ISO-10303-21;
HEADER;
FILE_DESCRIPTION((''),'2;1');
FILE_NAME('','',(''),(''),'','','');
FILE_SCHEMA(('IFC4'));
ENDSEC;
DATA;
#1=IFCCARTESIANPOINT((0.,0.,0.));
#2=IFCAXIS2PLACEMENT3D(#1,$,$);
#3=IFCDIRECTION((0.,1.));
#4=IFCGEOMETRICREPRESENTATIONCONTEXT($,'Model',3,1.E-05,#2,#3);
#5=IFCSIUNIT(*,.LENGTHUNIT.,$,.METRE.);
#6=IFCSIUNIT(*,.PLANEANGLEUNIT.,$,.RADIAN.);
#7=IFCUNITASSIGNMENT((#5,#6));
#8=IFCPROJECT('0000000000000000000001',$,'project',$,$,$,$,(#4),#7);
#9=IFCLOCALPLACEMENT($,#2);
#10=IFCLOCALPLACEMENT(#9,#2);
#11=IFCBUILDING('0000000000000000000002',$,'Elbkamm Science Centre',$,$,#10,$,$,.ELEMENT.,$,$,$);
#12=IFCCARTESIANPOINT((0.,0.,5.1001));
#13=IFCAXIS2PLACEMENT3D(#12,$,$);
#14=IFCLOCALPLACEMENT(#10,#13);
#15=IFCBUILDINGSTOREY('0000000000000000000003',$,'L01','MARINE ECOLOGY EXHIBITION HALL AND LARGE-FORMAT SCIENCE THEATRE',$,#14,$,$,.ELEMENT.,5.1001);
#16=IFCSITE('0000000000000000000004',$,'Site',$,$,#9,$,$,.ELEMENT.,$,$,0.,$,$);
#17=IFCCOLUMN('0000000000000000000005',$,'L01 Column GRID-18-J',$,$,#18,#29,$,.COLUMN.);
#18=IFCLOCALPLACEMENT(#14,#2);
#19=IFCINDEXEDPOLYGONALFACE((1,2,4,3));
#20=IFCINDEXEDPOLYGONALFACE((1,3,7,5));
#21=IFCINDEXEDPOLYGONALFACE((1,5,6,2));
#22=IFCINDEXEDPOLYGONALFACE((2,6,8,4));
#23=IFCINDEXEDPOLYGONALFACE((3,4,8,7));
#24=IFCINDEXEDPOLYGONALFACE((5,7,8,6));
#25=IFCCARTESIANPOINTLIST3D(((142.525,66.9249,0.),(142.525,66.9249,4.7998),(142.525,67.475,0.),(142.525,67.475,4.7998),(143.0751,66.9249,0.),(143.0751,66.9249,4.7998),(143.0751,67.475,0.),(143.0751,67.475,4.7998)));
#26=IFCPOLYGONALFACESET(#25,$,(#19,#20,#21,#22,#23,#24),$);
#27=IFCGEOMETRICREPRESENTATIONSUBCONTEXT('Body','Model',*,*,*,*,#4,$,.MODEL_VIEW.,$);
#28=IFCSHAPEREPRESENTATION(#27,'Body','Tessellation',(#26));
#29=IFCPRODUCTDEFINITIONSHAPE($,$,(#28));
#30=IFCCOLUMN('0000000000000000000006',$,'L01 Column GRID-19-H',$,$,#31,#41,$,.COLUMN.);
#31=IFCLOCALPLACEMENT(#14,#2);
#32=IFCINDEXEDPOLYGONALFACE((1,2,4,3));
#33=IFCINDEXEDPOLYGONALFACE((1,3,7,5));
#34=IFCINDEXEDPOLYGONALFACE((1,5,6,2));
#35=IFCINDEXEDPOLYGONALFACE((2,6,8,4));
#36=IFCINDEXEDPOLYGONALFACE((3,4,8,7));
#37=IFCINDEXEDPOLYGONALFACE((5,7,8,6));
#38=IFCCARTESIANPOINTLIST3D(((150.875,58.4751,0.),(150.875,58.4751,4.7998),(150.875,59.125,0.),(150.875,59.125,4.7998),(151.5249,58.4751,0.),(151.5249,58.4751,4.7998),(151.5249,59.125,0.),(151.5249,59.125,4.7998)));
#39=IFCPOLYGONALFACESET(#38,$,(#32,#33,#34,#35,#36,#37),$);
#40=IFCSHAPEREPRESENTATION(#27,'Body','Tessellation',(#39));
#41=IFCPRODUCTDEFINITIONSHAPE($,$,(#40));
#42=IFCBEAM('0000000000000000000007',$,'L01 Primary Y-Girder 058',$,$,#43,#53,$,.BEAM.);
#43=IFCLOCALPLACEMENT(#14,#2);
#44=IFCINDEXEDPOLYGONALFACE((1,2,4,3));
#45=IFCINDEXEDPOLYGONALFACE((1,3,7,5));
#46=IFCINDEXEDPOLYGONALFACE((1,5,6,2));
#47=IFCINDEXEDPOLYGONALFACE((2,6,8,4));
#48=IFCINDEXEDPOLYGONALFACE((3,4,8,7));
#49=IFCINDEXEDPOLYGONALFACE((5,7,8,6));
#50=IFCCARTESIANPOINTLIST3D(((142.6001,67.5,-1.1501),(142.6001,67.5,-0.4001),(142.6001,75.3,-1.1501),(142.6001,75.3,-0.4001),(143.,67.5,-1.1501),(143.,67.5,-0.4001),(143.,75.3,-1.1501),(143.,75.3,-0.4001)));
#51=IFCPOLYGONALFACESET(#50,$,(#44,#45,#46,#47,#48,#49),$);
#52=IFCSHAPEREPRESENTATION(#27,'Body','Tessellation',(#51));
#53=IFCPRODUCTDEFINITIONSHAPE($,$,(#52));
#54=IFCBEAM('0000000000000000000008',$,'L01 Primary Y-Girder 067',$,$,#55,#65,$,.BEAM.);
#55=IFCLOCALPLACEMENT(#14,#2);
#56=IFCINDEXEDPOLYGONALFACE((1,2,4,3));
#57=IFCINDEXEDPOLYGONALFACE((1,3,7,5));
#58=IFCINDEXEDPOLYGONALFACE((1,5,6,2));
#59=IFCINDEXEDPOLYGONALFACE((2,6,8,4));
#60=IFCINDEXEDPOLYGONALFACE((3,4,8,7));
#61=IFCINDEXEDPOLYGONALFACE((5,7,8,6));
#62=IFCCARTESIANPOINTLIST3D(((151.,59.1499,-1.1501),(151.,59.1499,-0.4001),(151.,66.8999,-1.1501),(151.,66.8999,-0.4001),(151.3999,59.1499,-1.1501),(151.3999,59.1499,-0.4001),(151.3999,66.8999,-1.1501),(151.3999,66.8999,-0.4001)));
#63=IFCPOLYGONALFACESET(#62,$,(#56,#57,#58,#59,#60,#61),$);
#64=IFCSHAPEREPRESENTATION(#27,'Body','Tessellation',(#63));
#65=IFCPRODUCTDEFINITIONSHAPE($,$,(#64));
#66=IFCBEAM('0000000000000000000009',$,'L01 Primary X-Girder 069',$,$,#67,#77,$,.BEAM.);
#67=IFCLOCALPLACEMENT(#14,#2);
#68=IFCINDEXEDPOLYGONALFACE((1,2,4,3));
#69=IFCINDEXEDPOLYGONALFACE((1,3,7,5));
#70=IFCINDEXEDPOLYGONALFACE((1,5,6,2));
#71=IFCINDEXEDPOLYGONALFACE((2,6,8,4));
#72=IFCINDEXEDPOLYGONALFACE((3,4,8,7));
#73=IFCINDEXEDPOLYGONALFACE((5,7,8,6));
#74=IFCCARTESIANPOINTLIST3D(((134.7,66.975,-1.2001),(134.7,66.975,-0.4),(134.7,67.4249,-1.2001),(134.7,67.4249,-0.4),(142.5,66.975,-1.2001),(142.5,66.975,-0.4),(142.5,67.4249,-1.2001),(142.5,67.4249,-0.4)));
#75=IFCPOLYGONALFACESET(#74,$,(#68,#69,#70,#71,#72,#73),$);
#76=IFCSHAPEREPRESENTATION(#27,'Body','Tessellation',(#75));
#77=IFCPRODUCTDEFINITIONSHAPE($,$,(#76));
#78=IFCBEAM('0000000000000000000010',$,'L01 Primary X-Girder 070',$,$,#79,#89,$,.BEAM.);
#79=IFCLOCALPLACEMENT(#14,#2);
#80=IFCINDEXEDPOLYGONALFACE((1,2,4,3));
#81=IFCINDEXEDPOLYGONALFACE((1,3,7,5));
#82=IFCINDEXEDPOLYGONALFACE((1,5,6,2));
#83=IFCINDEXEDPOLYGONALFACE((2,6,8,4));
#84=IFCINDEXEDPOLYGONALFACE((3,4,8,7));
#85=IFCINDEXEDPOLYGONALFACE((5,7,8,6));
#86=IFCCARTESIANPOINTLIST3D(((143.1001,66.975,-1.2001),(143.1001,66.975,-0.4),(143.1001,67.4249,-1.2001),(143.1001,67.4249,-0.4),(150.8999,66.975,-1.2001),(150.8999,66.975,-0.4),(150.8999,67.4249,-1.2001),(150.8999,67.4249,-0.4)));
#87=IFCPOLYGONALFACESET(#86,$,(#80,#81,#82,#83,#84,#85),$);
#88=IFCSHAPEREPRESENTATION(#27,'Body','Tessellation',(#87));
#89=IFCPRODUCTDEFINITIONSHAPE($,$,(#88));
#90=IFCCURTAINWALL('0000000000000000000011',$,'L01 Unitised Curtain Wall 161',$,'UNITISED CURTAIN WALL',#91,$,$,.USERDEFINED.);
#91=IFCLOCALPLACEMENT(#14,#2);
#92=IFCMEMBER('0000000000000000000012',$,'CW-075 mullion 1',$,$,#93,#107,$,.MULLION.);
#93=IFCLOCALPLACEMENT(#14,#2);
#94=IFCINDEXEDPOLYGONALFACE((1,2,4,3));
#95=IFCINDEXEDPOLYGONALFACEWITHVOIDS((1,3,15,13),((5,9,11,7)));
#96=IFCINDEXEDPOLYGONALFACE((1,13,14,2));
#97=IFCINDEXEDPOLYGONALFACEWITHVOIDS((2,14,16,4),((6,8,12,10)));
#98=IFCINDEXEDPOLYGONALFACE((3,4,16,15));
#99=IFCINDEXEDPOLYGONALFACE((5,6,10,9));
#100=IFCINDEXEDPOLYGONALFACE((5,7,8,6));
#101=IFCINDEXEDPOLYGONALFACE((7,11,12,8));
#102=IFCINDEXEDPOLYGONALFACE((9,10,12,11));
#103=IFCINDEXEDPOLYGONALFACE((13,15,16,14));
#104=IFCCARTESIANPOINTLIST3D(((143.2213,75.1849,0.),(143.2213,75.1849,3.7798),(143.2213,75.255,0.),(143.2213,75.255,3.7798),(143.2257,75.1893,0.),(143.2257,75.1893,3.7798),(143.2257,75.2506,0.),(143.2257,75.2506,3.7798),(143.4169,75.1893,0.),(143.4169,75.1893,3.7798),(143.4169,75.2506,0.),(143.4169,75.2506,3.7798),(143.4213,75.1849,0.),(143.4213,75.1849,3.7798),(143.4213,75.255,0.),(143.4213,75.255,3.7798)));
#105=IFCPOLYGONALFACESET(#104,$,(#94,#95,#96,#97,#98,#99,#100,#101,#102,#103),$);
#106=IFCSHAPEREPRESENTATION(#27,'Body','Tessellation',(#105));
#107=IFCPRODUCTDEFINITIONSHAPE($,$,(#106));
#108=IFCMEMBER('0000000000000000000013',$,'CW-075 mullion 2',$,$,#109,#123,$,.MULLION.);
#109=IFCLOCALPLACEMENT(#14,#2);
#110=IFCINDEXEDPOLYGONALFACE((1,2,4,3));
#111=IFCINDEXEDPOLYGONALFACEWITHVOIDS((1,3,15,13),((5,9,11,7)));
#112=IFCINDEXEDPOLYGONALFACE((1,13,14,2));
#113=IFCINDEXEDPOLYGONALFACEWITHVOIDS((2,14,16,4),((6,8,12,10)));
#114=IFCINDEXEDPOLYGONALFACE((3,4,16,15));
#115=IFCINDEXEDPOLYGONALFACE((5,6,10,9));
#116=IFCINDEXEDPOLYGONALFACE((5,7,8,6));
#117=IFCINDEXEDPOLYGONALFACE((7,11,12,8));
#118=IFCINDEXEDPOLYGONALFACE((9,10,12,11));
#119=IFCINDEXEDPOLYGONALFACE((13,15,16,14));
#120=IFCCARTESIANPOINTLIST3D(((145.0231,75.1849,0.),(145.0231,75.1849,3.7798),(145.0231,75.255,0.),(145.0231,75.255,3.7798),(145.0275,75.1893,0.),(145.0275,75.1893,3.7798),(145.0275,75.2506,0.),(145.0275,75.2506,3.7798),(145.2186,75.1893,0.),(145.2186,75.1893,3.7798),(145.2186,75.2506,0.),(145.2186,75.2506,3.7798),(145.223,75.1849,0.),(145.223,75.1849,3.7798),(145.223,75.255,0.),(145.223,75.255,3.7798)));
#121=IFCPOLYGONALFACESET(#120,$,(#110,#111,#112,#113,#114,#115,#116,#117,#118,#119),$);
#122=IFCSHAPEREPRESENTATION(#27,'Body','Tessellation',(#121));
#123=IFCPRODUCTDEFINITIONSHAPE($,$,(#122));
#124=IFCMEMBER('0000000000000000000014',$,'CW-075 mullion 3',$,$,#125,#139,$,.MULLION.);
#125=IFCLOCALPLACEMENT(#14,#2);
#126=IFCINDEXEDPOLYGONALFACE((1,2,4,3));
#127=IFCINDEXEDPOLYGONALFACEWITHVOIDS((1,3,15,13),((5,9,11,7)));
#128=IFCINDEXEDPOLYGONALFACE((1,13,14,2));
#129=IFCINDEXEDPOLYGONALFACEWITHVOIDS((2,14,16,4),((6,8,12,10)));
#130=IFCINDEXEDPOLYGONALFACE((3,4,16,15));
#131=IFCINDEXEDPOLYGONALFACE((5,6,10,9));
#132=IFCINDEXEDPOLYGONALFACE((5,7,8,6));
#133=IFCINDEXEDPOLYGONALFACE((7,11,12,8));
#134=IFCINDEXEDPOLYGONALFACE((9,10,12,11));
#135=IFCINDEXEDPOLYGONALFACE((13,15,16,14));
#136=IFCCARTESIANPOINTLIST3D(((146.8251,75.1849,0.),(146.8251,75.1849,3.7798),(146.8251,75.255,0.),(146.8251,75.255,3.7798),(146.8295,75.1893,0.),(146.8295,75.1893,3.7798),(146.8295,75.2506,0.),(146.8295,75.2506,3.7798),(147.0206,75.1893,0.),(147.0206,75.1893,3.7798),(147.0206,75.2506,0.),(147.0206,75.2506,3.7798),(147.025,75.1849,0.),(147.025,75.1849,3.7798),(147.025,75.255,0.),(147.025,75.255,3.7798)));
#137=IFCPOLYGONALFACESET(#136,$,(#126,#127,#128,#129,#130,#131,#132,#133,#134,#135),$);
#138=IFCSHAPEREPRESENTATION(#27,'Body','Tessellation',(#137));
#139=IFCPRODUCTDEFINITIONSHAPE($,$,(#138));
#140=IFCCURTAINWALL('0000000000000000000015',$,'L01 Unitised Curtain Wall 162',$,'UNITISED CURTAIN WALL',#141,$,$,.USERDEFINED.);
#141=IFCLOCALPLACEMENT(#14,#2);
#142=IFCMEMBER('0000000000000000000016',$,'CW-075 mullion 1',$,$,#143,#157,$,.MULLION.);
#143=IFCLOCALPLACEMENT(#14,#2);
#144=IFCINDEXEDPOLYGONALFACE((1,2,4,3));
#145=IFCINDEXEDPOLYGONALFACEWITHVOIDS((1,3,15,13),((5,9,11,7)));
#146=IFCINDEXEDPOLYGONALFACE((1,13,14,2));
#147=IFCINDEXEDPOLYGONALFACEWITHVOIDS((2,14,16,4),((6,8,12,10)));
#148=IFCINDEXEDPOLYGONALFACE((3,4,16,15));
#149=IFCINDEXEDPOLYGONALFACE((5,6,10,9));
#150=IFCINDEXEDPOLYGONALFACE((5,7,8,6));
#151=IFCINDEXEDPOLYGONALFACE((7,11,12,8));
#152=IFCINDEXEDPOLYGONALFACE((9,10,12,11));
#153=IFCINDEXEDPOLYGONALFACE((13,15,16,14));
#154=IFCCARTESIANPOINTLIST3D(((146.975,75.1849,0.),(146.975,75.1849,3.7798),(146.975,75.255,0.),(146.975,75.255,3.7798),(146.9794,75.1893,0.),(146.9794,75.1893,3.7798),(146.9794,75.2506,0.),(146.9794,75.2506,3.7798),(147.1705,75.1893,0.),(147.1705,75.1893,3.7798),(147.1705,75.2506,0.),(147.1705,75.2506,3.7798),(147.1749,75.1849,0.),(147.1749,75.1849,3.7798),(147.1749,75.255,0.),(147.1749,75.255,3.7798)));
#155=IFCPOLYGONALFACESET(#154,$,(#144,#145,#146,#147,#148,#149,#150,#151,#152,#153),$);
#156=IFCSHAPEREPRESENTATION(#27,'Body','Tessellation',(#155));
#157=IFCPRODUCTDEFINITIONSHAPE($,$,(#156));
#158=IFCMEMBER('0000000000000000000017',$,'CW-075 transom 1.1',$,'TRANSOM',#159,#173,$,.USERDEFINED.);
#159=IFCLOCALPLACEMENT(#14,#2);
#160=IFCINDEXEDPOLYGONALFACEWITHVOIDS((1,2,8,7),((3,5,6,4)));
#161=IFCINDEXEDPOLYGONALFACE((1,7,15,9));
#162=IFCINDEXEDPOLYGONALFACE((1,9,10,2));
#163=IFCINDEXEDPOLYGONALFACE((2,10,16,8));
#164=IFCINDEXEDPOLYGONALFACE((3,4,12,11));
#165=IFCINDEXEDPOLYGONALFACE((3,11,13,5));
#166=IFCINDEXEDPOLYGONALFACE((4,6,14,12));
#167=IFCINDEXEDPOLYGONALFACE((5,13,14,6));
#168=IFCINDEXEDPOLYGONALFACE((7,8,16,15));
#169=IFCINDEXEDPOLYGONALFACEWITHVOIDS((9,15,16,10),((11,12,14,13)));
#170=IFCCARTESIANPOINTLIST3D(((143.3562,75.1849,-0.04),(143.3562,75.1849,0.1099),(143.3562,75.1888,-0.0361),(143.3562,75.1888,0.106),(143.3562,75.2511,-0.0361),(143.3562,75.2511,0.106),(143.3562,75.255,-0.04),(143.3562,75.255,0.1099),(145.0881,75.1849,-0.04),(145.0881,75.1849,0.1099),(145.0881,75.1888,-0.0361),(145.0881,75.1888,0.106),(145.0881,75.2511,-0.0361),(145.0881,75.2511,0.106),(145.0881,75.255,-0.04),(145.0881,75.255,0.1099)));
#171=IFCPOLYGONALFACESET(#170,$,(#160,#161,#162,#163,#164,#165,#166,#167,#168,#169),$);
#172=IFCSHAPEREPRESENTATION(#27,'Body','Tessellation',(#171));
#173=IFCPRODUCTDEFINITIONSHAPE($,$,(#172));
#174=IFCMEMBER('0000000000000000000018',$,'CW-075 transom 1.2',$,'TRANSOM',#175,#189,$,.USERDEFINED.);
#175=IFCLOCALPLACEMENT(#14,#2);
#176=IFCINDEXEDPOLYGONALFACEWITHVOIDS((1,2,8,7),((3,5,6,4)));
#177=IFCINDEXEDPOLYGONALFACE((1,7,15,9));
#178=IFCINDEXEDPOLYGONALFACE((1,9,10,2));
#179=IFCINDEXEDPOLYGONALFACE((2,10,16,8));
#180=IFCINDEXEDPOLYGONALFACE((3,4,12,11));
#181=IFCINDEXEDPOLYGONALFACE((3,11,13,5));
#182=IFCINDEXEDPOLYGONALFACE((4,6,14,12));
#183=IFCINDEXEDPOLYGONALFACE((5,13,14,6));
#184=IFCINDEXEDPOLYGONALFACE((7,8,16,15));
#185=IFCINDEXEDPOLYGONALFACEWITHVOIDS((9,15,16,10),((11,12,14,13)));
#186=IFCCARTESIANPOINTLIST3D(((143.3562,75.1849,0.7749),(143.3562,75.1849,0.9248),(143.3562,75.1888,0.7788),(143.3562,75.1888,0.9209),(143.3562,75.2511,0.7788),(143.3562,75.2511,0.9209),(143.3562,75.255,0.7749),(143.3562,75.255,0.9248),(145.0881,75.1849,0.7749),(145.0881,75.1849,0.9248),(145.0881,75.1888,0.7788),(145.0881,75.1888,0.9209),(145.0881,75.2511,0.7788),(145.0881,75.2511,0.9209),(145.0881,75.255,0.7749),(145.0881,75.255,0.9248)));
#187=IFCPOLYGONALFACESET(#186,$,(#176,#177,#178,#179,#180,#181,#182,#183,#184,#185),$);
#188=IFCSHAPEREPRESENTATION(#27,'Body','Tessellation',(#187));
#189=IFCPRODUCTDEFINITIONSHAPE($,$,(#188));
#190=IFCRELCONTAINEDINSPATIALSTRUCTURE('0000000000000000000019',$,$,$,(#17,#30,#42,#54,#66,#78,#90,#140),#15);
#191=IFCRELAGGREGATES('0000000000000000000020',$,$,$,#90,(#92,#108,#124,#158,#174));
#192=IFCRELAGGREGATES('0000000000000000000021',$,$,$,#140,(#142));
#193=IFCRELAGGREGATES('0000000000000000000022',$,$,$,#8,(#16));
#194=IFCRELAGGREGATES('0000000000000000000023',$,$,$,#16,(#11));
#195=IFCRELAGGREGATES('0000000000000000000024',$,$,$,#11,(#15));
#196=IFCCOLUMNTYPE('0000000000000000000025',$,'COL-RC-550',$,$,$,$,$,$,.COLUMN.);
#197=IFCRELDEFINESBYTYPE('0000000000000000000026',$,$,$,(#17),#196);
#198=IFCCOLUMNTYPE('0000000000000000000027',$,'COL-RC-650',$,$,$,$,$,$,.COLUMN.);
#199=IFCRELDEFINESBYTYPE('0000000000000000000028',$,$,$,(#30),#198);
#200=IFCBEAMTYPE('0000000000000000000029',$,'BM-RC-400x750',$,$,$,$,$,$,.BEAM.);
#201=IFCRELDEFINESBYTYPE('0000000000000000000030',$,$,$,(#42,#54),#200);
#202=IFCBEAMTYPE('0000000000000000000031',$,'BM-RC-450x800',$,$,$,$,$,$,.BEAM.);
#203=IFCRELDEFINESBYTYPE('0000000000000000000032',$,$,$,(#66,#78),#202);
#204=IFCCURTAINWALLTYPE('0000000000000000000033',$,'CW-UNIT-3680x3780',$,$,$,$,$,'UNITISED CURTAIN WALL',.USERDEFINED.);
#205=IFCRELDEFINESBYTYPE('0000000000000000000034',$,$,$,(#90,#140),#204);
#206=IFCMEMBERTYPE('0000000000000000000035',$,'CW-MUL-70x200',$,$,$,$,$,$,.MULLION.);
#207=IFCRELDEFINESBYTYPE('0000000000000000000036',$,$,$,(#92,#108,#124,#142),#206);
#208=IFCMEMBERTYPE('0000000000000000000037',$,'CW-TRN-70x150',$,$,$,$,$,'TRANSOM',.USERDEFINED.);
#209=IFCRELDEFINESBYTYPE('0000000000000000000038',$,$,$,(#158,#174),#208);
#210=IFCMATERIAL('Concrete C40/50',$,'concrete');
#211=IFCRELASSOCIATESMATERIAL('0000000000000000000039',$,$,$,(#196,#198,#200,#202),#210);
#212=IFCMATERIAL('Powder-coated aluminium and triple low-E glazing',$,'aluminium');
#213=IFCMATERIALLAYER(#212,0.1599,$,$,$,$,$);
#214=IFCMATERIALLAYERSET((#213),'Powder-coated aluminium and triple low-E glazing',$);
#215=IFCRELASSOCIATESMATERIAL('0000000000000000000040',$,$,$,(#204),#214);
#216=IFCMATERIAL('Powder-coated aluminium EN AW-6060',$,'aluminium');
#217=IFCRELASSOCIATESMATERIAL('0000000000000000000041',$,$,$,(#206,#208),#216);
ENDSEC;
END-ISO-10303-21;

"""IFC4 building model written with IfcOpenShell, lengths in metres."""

from ifc_helpers import new_model, si_unit, direction, frame, origin, origin_2d, place, context, subcontext, project, spatial, rectangle, hollow_rectangle, extrude, material, layer, layer_set, material_profile, profile_set, type_object, element, aggregate, save


model = new_model("IFC4")

# Units and contexts
model_context = context("Model", 3, precision=1e-05, world=origin(), true_north=direction((0.0, 1.0)))
body_context = subcontext(model_context, "Body", "Model", "MODEL_VIEW")
ifc_project = project(units=[si_unit("LENGTHUNIT", "METRE"), si_unit("PLANEANGLEUNIT", "RADIAN")], contexts=[model_context])

# Site, building, storey
site_placement = place(None, origin())
site = spatial("IfcSite", under=ifc_project, at=site_placement, Name="Site", CompositionType="ELEMENT", RefElevation=0.0)
building_placement = place(site_placement, origin())
building = spatial("IfcBuilding", under=site, at=building_placement, Name="Elbkamm Science Centre", CompositionType="ELEMENT")
storey_placement = place(building_placement, frame((0.0, 0.0, 5.1001)))
storey = spatial("IfcBuildingStorey", under=building, at=storey_placement, Name="L01", Description="MARINE ECOLOGY EXHIBITION HALL AND LARGE-FORMAT SCIENCE THEATRE", CompositionType="ELEMENT", Elevation=5.1001)

# Columns
ifc_material_1 = material(Name="Concrete C40/50", Category="concrete")
ifc_material_profile_1 = material_profile(ifc_material_1, rectangle(XDim=0.55, YDim=0.55, at=origin_2d()), Name="RC 550x550")
ifc_profile_set_1 = profile_set([ifc_material_profile_1], Name="Concrete C40/50")
column_type_1 = type_object("IfcColumnType", Name="COL-RC-550", PredefinedType="COLUMN", material=ifc_profile_set_1)
column_1_placement = place(storey_placement, frame((142.8, 67.2, 0.0), z_axis=(0.0, 0.0, 1.0), x_axis=(1.0, 0.0, 0.0)))
element("IfcColumn", 1, at=column_1_placement, inside=storey, type_object=column_type_1, Name="L01 Column GRID-18-J", PredefinedType="COLUMN", context=body_context, shape_type="SweptSolid", body=[
    extrude(rectangle(XDim=0.55, YDim=0.55, at=origin_2d()), origin(), (0.0, 0.0, 1.0), 4.7998),
])
ifc_material_profile_2 = material_profile(ifc_material_1, rectangle(XDim=0.6499, YDim=0.6499, at=origin_2d()), Name="RC 650x650")
ifc_profile_set_2 = profile_set([ifc_material_profile_2], Name="Concrete C40/50")
column_type_2 = type_object("IfcColumnType", Name="COL-RC-650", PredefinedType="COLUMN", material=ifc_profile_set_2)
column_2_placement = place(storey_placement, frame((151.2, 58.8, 0.0), z_axis=(0.0, 0.0, 1.0), x_axis=(1.0, 0.0, 0.0)))
element("IfcColumn", 2, at=column_2_placement, inside=storey, type_object=column_type_2, Name="L01 Column GRID-19-H", PredefinedType="COLUMN", context=body_context, shape_type="SweptSolid", body=[
    extrude(rectangle(XDim=0.6499, YDim=0.6499, at=origin_2d()), origin(), (0.0, 0.0, 1.0), 4.7998),
])

# Beams
ifc_material_profile_3 = material_profile(ifc_material_1, rectangle(XDim=0.3999, YDim=0.75, at=origin_2d()), Name="RC 400x750")
ifc_profile_set_3 = profile_set([ifc_material_profile_3], Name="Concrete C40/50")
beam_type_1 = type_object("IfcBeamType", Name="BM-RC-400x750", PredefinedType="BEAM", material=ifc_profile_set_3)
beam_1_placement = place(storey_placement, frame((142.8, 67.5, -0.7751), z_axis=(0.0, 1.0, 0.0), x_axis=(-1.0, 0.0, 0.0)))
element("IfcBeam", 3, at=beam_1_placement, inside=storey, type_object=beam_type_1, Name="L01 Primary Y-Girder 058", PredefinedType="BEAM", context=body_context, shape_type="SweptSolid", body=[
    extrude(rectangle(XDim=0.3999, YDim=0.75, at=origin_2d()), origin(), (0.0, 0.0, 1.0), 7.8),
])
beam_2_placement = place(storey_placement, frame((151.2, 59.1499, -0.7751), z_axis=(0.0, 1.0, 0.0), x_axis=(-1.0, 0.0, 0.0)))
element("IfcBeam", 4, at=beam_2_placement, inside=storey, type_object=beam_type_1, Name="L01 Primary Y-Girder 067", PredefinedType="BEAM", context=body_context, shape_type="SweptSolid", body=[
    extrude(rectangle(XDim=0.3999, YDim=0.75, at=origin_2d()), origin(), (0.0, 0.0, 1.0), 7.75),
])
ifc_material_profile_4 = material_profile(ifc_material_1, rectangle(XDim=0.45, YDim=0.8, at=origin_2d()), Name="RC 450x800")
ifc_profile_set_4 = profile_set([ifc_material_profile_4], Name="Concrete C40/50")
beam_type_2 = type_object("IfcBeamType", Name="BM-RC-450x800", PredefinedType="BEAM", material=ifc_profile_set_4)
beam_3_placement = place(storey_placement, frame((134.7, 67.2, -0.8), z_axis=(1.0, 0.0, 0.0), x_axis=(0.0, 1.0, 0.0)))
element("IfcBeam", 5, at=beam_3_placement, inside=storey, type_object=beam_type_2, Name="L01 Primary X-Girder 069", PredefinedType="BEAM", context=body_context, shape_type="SweptSolid", body=[
    extrude(rectangle(XDim=0.45, YDim=0.8, at=origin_2d()), origin(), (0.0, 0.0, 1.0), 7.8),
])
beam_4_placement = place(storey_placement, frame((143.1001, 67.2, -0.8), z_axis=(1.0, 0.0, 0.0), x_axis=(0.0, 1.0, 0.0)))
element("IfcBeam", 6, at=beam_4_placement, inside=storey, type_object=beam_type_2, Name="L01 Primary X-Girder 070", PredefinedType="BEAM", context=body_context, shape_type="SweptSolid", body=[
    extrude(rectangle(XDim=0.45, YDim=0.8, at=origin_2d()), origin(), (0.0, 0.0, 1.0), 7.7998),
])

# Curtain wall, members
ifc_material_2 = material(Name="Powder-coated aluminium and triple low-E glazing", Category="aluminium")
ifc_layer_1 = layer(ifc_material_2, 0.1599)
ifc_layer_set_1 = layer_set([ifc_layer_1], Name="Powder-coated aluminium and triple low-E glazing")
curtain_wall_type = type_object("IfcCurtainWallType", Name="CW-UNIT-3680x3780", ElementType="UNITISED CURTAIN WALL", PredefinedType="USERDEFINED", material=ifc_layer_set_1)
curtain_wall_1_placement = place(storey_placement, origin())
curtain_wall_1 = element("IfcCurtainWall", 7, at=curtain_wall_1_placement, inside=storey, type_object=curtain_wall_type, Name="L01 Unitised Curtain Wall 161", ObjectType="UNITISED CURTAIN WALL", PredefinedType="USERDEFINED")
ifc_material_3 = material(Name="Powder-coated aluminium EN AW-6060", Category="aluminium")
ifc_material_profile_5 = material_profile(ifc_material_3, hollow_rectangle(XDim=0.0701, YDim=0.2, WallThickness=0.0044, at=origin_2d()), Name="ALU M70x200")
ifc_profile_set_5 = profile_set([ifc_material_profile_5], Name="Powder-coated aluminium EN AW-6060")
member_type_1 = type_object("IfcMemberType", Name="CW-MUL-70x200", PredefinedType="MULLION", material=ifc_profile_set_5)
member_1_placement = place(storey_placement, frame((143.3213, 75.22, 0.0), z_axis=(0.0, 0.0, 1.0), x_axis=(0.0, 1.0, 0.0)))
member_1 = element("IfcMember", 8, at=member_1_placement, type_object=member_type_1, Name="CW-075 mullion 1", PredefinedType="MULLION", context=body_context, shape_type="SweptSolid", body=[
    extrude(hollow_rectangle(XDim=0.0701, YDim=0.2, WallThickness=0.0044, at=origin_2d()), origin(), (0.0, 0.0, 1.0), 3.7798),
])
member_2_placement = place(storey_placement, frame((145.123, 75.22, 0.0), z_axis=(0.0, 0.0, 1.0), x_axis=(0.0, 1.0, 0.0)))
member_2 = element("IfcMember", 9, at=member_2_placement, type_object=member_type_1, Name="CW-075 mullion 2", PredefinedType="MULLION", context=body_context, shape_type="SweptSolid", body=[
    extrude(hollow_rectangle(XDim=0.0701, YDim=0.2, WallThickness=0.0044, at=origin_2d()), origin(), (0.0, 0.0, 1.0), 3.7798),
])
member_3_placement = place(storey_placement, frame((146.925, 75.22, 0.0), z_axis=(0.0, 0.0, 1.0), x_axis=(0.0, 1.0, 0.0)))
member_3 = element("IfcMember", 10, at=member_3_placement, type_object=member_type_1, Name="CW-075 mullion 3", PredefinedType="MULLION", context=body_context, shape_type="SweptSolid", body=[
    extrude(hollow_rectangle(XDim=0.0701, YDim=0.2, WallThickness=0.0044, at=origin_2d()), origin(), (0.0, 0.0, 1.0), 3.7798),
])

# Curtain wall, member
curtain_wall_2_placement = place(storey_placement, origin())
curtain_wall_2 = element("IfcCurtainWall", 11, at=curtain_wall_2_placement, inside=storey, type_object=curtain_wall_type, Name="L01 Unitised Curtain Wall 162", ObjectType="UNITISED CURTAIN WALL", PredefinedType="USERDEFINED")
member_4_placement = place(storey_placement, frame((147.075, 75.22, 0.0), z_axis=(0.0, 0.0, 1.0), x_axis=(0.0, 1.0, 0.0)))
member_4 = element("IfcMember", 12, at=member_4_placement, type_object=member_type_1, Name="CW-075 mullion 1", PredefinedType="MULLION", context=body_context, shape_type="SweptSolid", body=[
    extrude(hollow_rectangle(XDim=0.0701, YDim=0.2, WallThickness=0.0044, at=origin_2d()), origin(), (0.0, 0.0, 1.0), 3.7798),
])

# Members
ifc_material_profile_6 = material_profile(ifc_material_3, hollow_rectangle(XDim=0.0701, YDim=0.1499, WallThickness=0.0039, at=origin_2d()), Name="ALU T70x150")
ifc_profile_set_6 = profile_set([ifc_material_profile_6], Name="Powder-coated aluminium EN AW-6060")
member_type_2 = type_object("IfcMemberType", Name="CW-TRN-70x150", ElementType="TRANSOM", PredefinedType="USERDEFINED", material=ifc_profile_set_6)
member_5_placement = place(storey_placement, frame((143.3562, 75.22, 0.0349), z_axis=(1.0, 0.0, 0.0), x_axis=(0.0, 1.0, 0.0)))
member_5 = element("IfcMember", 13, at=member_5_placement, type_object=member_type_2, Name="CW-075 transom 1.1", ObjectType="TRANSOM", PredefinedType="USERDEFINED", context=body_context, shape_type="SweptSolid", body=[
    extrude(hollow_rectangle(XDim=0.0701, YDim=0.1499, WallThickness=0.0039, at=origin_2d()), origin(), (0.0, 0.0, 1.0), 1.7319),
])
member_6_placement = place(storey_placement, frame((143.3562, 75.22, 0.8499), z_axis=(1.0, 0.0, 0.0), x_axis=(0.0, 1.0, 0.0)))
member_6 = element("IfcMember", 14, at=member_6_placement, type_object=member_type_2, Name="CW-075 transom 1.2", ObjectType="TRANSOM", PredefinedType="USERDEFINED", context=body_context, shape_type="SweptSolid", body=[
    extrude(hollow_rectangle(XDim=0.0701, YDim=0.1499, WallThickness=0.0039, at=origin_2d()), origin(), (0.0, 0.0, 1.0), 1.7319),
])

aggregate(curtain_wall_1, [member_1, member_2, member_3, member_5, member_6])
aggregate(curtain_wall_2, [member_4])

save(model, "model.ifc")
